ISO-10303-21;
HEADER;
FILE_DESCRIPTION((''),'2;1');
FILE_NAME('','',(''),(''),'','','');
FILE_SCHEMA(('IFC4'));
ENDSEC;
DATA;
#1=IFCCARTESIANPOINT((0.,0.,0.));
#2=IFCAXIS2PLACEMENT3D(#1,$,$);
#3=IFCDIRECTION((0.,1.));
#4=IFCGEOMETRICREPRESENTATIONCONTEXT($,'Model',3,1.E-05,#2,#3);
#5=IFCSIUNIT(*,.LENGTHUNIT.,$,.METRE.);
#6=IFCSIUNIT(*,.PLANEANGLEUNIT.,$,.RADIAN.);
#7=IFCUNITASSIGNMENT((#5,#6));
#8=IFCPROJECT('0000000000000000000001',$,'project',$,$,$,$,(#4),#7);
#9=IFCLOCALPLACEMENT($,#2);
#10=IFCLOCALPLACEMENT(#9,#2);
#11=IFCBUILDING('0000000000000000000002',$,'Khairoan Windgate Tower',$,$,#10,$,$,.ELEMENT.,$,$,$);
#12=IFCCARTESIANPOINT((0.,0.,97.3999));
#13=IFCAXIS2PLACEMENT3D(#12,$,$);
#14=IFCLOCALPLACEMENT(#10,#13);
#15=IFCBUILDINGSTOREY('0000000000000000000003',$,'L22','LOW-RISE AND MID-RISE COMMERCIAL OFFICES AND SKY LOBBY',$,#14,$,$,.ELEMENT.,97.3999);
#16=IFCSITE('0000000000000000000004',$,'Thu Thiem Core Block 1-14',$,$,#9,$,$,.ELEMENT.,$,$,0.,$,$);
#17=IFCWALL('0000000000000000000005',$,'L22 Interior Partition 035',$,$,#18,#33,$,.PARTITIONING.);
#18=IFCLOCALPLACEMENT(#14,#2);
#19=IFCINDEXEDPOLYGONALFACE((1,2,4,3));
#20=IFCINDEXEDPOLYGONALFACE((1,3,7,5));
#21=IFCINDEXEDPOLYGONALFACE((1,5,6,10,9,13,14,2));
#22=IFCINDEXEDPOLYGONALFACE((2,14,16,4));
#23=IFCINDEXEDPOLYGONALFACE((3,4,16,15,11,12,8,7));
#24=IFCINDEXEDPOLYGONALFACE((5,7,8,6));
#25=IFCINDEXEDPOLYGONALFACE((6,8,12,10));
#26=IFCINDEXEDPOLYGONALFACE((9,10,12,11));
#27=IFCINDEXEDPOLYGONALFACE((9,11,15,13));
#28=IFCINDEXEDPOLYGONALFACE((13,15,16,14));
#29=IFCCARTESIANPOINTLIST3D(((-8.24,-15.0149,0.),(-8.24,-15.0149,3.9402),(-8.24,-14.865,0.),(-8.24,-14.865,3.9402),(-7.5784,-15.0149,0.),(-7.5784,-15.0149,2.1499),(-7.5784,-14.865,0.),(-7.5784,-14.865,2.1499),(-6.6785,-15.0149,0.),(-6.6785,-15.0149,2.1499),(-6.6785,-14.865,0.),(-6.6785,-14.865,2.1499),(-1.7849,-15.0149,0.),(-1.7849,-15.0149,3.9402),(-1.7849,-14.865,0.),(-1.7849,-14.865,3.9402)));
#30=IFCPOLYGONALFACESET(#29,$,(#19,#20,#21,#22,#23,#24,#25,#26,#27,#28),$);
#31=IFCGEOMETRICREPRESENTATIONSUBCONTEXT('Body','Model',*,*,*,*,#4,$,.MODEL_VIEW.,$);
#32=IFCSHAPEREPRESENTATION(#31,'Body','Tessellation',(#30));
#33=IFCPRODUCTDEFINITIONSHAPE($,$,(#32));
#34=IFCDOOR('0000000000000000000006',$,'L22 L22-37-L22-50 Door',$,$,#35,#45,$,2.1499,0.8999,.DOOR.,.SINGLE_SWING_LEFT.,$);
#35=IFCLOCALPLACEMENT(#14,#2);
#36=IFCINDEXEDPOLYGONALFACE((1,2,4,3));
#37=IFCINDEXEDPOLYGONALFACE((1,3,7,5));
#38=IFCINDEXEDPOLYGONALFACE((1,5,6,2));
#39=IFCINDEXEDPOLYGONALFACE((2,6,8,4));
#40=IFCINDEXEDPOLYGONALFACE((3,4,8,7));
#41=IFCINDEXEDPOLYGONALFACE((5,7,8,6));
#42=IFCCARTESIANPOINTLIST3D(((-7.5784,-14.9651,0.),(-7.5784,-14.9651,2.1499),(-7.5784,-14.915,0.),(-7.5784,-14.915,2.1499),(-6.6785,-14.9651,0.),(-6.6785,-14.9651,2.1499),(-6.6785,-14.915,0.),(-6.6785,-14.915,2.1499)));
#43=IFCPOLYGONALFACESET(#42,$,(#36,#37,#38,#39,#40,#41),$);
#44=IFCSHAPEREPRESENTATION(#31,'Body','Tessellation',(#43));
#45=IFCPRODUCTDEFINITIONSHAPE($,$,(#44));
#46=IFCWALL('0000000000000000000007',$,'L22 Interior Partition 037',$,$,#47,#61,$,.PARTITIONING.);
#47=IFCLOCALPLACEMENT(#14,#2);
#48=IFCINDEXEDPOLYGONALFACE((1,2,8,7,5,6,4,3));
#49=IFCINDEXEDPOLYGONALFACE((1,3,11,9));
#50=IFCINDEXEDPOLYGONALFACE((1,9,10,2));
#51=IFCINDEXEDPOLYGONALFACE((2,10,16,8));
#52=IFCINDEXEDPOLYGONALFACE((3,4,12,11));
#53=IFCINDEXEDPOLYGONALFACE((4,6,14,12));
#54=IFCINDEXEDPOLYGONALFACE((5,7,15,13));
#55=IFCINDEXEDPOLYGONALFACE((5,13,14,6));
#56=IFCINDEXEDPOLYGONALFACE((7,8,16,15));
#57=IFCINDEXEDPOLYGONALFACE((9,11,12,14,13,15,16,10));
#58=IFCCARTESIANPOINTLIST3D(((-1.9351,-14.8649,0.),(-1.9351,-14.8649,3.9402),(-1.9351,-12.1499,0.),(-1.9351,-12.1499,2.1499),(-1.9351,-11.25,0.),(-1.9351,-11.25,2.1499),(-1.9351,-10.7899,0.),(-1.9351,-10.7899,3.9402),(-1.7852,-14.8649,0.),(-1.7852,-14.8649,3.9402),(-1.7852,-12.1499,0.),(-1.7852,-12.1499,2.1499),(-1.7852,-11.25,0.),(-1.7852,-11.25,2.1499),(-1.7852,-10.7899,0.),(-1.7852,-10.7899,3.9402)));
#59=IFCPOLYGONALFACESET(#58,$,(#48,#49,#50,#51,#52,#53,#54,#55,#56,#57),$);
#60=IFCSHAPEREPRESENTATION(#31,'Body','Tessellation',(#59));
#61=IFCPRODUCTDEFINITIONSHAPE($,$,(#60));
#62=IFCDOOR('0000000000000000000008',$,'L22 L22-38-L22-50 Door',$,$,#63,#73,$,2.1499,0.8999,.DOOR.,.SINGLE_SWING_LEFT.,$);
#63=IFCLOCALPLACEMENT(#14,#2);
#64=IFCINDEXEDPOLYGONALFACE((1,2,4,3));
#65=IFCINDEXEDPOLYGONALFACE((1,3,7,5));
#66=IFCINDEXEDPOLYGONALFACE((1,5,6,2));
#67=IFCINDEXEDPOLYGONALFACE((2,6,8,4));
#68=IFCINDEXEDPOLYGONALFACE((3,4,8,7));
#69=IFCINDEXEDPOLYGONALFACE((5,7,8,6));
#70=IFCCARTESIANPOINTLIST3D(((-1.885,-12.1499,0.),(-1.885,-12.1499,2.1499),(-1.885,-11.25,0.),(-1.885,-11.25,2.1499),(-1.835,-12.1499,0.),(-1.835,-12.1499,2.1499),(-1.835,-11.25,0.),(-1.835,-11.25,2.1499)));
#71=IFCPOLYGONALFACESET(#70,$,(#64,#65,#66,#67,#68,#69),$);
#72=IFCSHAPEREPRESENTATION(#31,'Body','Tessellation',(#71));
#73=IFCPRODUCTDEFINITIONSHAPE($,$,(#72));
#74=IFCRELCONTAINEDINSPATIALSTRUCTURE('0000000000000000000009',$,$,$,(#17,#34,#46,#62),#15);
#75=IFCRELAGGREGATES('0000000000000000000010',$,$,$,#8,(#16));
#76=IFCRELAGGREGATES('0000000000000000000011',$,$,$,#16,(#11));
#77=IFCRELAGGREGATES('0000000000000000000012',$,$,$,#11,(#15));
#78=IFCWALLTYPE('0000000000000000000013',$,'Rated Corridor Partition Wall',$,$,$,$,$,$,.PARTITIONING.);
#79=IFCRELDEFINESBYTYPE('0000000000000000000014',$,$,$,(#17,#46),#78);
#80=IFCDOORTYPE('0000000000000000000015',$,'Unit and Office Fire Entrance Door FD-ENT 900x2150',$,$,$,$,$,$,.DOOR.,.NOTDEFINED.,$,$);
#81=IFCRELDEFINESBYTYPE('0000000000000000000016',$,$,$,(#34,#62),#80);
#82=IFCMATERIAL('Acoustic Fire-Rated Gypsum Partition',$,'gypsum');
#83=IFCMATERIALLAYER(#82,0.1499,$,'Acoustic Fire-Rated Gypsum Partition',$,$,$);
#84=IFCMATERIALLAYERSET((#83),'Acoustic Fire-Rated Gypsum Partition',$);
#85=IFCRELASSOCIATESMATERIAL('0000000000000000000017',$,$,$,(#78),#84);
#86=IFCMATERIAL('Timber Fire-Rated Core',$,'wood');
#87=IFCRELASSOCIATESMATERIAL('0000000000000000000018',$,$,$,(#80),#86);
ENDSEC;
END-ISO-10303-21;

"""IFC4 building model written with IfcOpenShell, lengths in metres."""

from ifc_helpers import new_model, si_unit, direction, frame, frame_2d, origin, place, context, subcontext, project, spatial, rectangle, extrude, material, layer, layer_set, type_object, element, fill, save


model = new_model("IFC4")

# Units and contexts
model_context = context("Model", 3, precision=1e-05, world=origin(), true_north=direction((0.0, 1.0)))
body_context = subcontext(model_context, "Body", "Model", "MODEL_VIEW")
ifc_project = project(units=[si_unit("LENGTHUNIT", "METRE"), si_unit("PLANEANGLEUNIT", "RADIAN")], contexts=[model_context])

# Site, building, storey
site_placement = place(None, origin())
site = spatial("IfcSite", under=ifc_project, at=site_placement, Name="Thu Thiem Core Block 1-14", CompositionType="ELEMENT", RefElevation=0.0)
building_placement = place(site_placement, origin())
building = spatial("IfcBuilding", under=site, at=building_placement, Name="Khairoan Windgate Tower", CompositionType="ELEMENT")
storey_placement = place(building_placement, frame((0.0, 0.0, 97.3999)))
storey = spatial("IfcBuildingStorey", under=building, at=storey_placement, Name="L22", Description="LOW-RISE AND MID-RISE COMMERCIAL OFFICES AND SKY LOBBY", CompositionType="ELEMENT", Elevation=97.3999)

# Shared definitions
ifc_material_1 = material(Name="Acoustic Fire-Rated Gypsum Partition", Category="gypsum")
ifc_layer_1 = layer(ifc_material_1, 0.1499, Name="Acoustic Fire-Rated Gypsum Partition")
ifc_layer_set_1 = layer_set([ifc_layer_1], Name="Acoustic Fire-Rated Gypsum Partition")
wall_type_1 = type_object("IfcWallType", Name="Rated Corridor Partition Wall", PredefinedType="PARTITIONING", material=ifc_layer_set_1)

# Walls, openings, doors
ifc_material_2 = material(Name="Timber Fire-Rated Core", Category="wood")
door_type_1 = type_object("IfcDoorType", Name="Unit and Office Fire Entrance Door FD-ENT 900x2150", OperationType="NOTDEFINED", PredefinedType="DOOR", material=ifc_material_2)
wall_1_placement = place(storey_placement, frame((-8.24, -14.9399, 0.0), z_axis=(0.0, 0.0, 1.0), x_axis=(1.0, 0.0, 0.0)))
wall_1 = element("IfcWall", 1, at=wall_1_placement, inside=storey, type_object=wall_type_1, Name="L22 Interior Partition 035", PredefinedType="PARTITIONING", context=body_context, shape_type="SweptSolid", body=[
    extrude(rectangle(XDim=6.4551, YDim=0.1499, at=frame_2d((3.2275, 0.0))), origin(), (0.0, 0.0, 1.0), 3.9402),
])
opening_1_placement = place(wall_1_placement, frame((0.6616, 0.0, 0.0)))
opening_1 = element("IfcOpeningElement", 2, at=opening_1_placement, cuts=wall_1, PredefinedType="OPENING", context=body_context, shape_type="SweptSolid", body=[
    extrude(rectangle(XDim=0.8999, YDim=2.1499, at=frame_2d((0.45, 1.075))), frame((0.0, 0.085, 0.0), z_axis=(0.0, -1.0, 0.0), x_axis=(1.0, 0.0, 0.0)), (0.0, 0.0, 1.0), 0.1699),
])
door_1_placement = place(opening_1_placement, origin())
door_1 = element("IfcDoor", 3, at=door_1_placement, inside=storey, type_object=door_type_1, Name="L22 L22-37-L22-50 Door", OperationType="SINGLE_SWING_LEFT", OverallHeight=2.1499, OverallWidth=0.8999, PredefinedType="DOOR", context=body_context, shape_type="SweptSolid", body=[
    extrude(rectangle(XDim=0.8999, YDim=2.1499, at=frame_2d((0.45, 1.075))), frame((0.0, 0.0249, 0.0), z_axis=(0.0, -1.0, 0.0), x_axis=(1.0, 0.0, 0.0)), (0.0, 0.0, 1.0), 0.05),
])
fill(opening_1, door_1)
wall_2_placement = place(storey_placement, frame((-1.8601, -14.865, 0.0), z_axis=(0.0, 0.0, 1.0), x_axis=(0.0, 1.0, 0.0)))
wall_2 = element("IfcWall", 4, at=wall_2_placement, inside=storey, type_object=wall_type_1, Name="L22 Interior Partition 037", PredefinedType="PARTITIONING", context=body_context, shape_type="SweptSolid", body=[
    extrude(rectangle(XDim=4.075, YDim=0.1499, at=frame_2d((2.0376, 0.0))), origin(), (0.0, 0.0, 1.0), 3.9402),
])
opening_2_placement = place(wall_2_placement, frame((2.7151, 0.0, 0.0)))
opening_2 = element("IfcOpeningElement", 5, at=opening_2_placement, cuts=wall_2, PredefinedType="OPENING", context=body_context, shape_type="SweptSolid", body=[
    extrude(rectangle(XDim=0.8999, YDim=2.1499, at=frame_2d((0.45, 1.075))), frame((0.0, 0.085, 0.0), z_axis=(0.0, -1.0, 0.0), x_axis=(1.0, 0.0, 0.0)), (0.0, 0.0, 1.0), 0.1699),
])
door_2_placement = place(opening_2_placement, origin())
door_2 = element("IfcDoor", 6, at=door_2_placement, inside=storey, type_object=door_type_1, Name="L22 L22-38-L22-50 Door", OperationType="SINGLE_SWING_LEFT", OverallHeight=2.1499, OverallWidth=0.8999, PredefinedType="DOOR", context=body_context, shape_type="SweptSolid", body=[
    extrude(rectangle(XDim=0.8999, YDim=2.1499, at=frame_2d((0.45, 1.075))), frame((0.0, 0.0249, 0.0), z_axis=(0.0, -1.0, 0.0), x_axis=(1.0, 0.0, 0.0)), (0.0, 0.0, 1.0), 0.05),
])
fill(opening_2, door_2)

save(model, "model.ifc")
